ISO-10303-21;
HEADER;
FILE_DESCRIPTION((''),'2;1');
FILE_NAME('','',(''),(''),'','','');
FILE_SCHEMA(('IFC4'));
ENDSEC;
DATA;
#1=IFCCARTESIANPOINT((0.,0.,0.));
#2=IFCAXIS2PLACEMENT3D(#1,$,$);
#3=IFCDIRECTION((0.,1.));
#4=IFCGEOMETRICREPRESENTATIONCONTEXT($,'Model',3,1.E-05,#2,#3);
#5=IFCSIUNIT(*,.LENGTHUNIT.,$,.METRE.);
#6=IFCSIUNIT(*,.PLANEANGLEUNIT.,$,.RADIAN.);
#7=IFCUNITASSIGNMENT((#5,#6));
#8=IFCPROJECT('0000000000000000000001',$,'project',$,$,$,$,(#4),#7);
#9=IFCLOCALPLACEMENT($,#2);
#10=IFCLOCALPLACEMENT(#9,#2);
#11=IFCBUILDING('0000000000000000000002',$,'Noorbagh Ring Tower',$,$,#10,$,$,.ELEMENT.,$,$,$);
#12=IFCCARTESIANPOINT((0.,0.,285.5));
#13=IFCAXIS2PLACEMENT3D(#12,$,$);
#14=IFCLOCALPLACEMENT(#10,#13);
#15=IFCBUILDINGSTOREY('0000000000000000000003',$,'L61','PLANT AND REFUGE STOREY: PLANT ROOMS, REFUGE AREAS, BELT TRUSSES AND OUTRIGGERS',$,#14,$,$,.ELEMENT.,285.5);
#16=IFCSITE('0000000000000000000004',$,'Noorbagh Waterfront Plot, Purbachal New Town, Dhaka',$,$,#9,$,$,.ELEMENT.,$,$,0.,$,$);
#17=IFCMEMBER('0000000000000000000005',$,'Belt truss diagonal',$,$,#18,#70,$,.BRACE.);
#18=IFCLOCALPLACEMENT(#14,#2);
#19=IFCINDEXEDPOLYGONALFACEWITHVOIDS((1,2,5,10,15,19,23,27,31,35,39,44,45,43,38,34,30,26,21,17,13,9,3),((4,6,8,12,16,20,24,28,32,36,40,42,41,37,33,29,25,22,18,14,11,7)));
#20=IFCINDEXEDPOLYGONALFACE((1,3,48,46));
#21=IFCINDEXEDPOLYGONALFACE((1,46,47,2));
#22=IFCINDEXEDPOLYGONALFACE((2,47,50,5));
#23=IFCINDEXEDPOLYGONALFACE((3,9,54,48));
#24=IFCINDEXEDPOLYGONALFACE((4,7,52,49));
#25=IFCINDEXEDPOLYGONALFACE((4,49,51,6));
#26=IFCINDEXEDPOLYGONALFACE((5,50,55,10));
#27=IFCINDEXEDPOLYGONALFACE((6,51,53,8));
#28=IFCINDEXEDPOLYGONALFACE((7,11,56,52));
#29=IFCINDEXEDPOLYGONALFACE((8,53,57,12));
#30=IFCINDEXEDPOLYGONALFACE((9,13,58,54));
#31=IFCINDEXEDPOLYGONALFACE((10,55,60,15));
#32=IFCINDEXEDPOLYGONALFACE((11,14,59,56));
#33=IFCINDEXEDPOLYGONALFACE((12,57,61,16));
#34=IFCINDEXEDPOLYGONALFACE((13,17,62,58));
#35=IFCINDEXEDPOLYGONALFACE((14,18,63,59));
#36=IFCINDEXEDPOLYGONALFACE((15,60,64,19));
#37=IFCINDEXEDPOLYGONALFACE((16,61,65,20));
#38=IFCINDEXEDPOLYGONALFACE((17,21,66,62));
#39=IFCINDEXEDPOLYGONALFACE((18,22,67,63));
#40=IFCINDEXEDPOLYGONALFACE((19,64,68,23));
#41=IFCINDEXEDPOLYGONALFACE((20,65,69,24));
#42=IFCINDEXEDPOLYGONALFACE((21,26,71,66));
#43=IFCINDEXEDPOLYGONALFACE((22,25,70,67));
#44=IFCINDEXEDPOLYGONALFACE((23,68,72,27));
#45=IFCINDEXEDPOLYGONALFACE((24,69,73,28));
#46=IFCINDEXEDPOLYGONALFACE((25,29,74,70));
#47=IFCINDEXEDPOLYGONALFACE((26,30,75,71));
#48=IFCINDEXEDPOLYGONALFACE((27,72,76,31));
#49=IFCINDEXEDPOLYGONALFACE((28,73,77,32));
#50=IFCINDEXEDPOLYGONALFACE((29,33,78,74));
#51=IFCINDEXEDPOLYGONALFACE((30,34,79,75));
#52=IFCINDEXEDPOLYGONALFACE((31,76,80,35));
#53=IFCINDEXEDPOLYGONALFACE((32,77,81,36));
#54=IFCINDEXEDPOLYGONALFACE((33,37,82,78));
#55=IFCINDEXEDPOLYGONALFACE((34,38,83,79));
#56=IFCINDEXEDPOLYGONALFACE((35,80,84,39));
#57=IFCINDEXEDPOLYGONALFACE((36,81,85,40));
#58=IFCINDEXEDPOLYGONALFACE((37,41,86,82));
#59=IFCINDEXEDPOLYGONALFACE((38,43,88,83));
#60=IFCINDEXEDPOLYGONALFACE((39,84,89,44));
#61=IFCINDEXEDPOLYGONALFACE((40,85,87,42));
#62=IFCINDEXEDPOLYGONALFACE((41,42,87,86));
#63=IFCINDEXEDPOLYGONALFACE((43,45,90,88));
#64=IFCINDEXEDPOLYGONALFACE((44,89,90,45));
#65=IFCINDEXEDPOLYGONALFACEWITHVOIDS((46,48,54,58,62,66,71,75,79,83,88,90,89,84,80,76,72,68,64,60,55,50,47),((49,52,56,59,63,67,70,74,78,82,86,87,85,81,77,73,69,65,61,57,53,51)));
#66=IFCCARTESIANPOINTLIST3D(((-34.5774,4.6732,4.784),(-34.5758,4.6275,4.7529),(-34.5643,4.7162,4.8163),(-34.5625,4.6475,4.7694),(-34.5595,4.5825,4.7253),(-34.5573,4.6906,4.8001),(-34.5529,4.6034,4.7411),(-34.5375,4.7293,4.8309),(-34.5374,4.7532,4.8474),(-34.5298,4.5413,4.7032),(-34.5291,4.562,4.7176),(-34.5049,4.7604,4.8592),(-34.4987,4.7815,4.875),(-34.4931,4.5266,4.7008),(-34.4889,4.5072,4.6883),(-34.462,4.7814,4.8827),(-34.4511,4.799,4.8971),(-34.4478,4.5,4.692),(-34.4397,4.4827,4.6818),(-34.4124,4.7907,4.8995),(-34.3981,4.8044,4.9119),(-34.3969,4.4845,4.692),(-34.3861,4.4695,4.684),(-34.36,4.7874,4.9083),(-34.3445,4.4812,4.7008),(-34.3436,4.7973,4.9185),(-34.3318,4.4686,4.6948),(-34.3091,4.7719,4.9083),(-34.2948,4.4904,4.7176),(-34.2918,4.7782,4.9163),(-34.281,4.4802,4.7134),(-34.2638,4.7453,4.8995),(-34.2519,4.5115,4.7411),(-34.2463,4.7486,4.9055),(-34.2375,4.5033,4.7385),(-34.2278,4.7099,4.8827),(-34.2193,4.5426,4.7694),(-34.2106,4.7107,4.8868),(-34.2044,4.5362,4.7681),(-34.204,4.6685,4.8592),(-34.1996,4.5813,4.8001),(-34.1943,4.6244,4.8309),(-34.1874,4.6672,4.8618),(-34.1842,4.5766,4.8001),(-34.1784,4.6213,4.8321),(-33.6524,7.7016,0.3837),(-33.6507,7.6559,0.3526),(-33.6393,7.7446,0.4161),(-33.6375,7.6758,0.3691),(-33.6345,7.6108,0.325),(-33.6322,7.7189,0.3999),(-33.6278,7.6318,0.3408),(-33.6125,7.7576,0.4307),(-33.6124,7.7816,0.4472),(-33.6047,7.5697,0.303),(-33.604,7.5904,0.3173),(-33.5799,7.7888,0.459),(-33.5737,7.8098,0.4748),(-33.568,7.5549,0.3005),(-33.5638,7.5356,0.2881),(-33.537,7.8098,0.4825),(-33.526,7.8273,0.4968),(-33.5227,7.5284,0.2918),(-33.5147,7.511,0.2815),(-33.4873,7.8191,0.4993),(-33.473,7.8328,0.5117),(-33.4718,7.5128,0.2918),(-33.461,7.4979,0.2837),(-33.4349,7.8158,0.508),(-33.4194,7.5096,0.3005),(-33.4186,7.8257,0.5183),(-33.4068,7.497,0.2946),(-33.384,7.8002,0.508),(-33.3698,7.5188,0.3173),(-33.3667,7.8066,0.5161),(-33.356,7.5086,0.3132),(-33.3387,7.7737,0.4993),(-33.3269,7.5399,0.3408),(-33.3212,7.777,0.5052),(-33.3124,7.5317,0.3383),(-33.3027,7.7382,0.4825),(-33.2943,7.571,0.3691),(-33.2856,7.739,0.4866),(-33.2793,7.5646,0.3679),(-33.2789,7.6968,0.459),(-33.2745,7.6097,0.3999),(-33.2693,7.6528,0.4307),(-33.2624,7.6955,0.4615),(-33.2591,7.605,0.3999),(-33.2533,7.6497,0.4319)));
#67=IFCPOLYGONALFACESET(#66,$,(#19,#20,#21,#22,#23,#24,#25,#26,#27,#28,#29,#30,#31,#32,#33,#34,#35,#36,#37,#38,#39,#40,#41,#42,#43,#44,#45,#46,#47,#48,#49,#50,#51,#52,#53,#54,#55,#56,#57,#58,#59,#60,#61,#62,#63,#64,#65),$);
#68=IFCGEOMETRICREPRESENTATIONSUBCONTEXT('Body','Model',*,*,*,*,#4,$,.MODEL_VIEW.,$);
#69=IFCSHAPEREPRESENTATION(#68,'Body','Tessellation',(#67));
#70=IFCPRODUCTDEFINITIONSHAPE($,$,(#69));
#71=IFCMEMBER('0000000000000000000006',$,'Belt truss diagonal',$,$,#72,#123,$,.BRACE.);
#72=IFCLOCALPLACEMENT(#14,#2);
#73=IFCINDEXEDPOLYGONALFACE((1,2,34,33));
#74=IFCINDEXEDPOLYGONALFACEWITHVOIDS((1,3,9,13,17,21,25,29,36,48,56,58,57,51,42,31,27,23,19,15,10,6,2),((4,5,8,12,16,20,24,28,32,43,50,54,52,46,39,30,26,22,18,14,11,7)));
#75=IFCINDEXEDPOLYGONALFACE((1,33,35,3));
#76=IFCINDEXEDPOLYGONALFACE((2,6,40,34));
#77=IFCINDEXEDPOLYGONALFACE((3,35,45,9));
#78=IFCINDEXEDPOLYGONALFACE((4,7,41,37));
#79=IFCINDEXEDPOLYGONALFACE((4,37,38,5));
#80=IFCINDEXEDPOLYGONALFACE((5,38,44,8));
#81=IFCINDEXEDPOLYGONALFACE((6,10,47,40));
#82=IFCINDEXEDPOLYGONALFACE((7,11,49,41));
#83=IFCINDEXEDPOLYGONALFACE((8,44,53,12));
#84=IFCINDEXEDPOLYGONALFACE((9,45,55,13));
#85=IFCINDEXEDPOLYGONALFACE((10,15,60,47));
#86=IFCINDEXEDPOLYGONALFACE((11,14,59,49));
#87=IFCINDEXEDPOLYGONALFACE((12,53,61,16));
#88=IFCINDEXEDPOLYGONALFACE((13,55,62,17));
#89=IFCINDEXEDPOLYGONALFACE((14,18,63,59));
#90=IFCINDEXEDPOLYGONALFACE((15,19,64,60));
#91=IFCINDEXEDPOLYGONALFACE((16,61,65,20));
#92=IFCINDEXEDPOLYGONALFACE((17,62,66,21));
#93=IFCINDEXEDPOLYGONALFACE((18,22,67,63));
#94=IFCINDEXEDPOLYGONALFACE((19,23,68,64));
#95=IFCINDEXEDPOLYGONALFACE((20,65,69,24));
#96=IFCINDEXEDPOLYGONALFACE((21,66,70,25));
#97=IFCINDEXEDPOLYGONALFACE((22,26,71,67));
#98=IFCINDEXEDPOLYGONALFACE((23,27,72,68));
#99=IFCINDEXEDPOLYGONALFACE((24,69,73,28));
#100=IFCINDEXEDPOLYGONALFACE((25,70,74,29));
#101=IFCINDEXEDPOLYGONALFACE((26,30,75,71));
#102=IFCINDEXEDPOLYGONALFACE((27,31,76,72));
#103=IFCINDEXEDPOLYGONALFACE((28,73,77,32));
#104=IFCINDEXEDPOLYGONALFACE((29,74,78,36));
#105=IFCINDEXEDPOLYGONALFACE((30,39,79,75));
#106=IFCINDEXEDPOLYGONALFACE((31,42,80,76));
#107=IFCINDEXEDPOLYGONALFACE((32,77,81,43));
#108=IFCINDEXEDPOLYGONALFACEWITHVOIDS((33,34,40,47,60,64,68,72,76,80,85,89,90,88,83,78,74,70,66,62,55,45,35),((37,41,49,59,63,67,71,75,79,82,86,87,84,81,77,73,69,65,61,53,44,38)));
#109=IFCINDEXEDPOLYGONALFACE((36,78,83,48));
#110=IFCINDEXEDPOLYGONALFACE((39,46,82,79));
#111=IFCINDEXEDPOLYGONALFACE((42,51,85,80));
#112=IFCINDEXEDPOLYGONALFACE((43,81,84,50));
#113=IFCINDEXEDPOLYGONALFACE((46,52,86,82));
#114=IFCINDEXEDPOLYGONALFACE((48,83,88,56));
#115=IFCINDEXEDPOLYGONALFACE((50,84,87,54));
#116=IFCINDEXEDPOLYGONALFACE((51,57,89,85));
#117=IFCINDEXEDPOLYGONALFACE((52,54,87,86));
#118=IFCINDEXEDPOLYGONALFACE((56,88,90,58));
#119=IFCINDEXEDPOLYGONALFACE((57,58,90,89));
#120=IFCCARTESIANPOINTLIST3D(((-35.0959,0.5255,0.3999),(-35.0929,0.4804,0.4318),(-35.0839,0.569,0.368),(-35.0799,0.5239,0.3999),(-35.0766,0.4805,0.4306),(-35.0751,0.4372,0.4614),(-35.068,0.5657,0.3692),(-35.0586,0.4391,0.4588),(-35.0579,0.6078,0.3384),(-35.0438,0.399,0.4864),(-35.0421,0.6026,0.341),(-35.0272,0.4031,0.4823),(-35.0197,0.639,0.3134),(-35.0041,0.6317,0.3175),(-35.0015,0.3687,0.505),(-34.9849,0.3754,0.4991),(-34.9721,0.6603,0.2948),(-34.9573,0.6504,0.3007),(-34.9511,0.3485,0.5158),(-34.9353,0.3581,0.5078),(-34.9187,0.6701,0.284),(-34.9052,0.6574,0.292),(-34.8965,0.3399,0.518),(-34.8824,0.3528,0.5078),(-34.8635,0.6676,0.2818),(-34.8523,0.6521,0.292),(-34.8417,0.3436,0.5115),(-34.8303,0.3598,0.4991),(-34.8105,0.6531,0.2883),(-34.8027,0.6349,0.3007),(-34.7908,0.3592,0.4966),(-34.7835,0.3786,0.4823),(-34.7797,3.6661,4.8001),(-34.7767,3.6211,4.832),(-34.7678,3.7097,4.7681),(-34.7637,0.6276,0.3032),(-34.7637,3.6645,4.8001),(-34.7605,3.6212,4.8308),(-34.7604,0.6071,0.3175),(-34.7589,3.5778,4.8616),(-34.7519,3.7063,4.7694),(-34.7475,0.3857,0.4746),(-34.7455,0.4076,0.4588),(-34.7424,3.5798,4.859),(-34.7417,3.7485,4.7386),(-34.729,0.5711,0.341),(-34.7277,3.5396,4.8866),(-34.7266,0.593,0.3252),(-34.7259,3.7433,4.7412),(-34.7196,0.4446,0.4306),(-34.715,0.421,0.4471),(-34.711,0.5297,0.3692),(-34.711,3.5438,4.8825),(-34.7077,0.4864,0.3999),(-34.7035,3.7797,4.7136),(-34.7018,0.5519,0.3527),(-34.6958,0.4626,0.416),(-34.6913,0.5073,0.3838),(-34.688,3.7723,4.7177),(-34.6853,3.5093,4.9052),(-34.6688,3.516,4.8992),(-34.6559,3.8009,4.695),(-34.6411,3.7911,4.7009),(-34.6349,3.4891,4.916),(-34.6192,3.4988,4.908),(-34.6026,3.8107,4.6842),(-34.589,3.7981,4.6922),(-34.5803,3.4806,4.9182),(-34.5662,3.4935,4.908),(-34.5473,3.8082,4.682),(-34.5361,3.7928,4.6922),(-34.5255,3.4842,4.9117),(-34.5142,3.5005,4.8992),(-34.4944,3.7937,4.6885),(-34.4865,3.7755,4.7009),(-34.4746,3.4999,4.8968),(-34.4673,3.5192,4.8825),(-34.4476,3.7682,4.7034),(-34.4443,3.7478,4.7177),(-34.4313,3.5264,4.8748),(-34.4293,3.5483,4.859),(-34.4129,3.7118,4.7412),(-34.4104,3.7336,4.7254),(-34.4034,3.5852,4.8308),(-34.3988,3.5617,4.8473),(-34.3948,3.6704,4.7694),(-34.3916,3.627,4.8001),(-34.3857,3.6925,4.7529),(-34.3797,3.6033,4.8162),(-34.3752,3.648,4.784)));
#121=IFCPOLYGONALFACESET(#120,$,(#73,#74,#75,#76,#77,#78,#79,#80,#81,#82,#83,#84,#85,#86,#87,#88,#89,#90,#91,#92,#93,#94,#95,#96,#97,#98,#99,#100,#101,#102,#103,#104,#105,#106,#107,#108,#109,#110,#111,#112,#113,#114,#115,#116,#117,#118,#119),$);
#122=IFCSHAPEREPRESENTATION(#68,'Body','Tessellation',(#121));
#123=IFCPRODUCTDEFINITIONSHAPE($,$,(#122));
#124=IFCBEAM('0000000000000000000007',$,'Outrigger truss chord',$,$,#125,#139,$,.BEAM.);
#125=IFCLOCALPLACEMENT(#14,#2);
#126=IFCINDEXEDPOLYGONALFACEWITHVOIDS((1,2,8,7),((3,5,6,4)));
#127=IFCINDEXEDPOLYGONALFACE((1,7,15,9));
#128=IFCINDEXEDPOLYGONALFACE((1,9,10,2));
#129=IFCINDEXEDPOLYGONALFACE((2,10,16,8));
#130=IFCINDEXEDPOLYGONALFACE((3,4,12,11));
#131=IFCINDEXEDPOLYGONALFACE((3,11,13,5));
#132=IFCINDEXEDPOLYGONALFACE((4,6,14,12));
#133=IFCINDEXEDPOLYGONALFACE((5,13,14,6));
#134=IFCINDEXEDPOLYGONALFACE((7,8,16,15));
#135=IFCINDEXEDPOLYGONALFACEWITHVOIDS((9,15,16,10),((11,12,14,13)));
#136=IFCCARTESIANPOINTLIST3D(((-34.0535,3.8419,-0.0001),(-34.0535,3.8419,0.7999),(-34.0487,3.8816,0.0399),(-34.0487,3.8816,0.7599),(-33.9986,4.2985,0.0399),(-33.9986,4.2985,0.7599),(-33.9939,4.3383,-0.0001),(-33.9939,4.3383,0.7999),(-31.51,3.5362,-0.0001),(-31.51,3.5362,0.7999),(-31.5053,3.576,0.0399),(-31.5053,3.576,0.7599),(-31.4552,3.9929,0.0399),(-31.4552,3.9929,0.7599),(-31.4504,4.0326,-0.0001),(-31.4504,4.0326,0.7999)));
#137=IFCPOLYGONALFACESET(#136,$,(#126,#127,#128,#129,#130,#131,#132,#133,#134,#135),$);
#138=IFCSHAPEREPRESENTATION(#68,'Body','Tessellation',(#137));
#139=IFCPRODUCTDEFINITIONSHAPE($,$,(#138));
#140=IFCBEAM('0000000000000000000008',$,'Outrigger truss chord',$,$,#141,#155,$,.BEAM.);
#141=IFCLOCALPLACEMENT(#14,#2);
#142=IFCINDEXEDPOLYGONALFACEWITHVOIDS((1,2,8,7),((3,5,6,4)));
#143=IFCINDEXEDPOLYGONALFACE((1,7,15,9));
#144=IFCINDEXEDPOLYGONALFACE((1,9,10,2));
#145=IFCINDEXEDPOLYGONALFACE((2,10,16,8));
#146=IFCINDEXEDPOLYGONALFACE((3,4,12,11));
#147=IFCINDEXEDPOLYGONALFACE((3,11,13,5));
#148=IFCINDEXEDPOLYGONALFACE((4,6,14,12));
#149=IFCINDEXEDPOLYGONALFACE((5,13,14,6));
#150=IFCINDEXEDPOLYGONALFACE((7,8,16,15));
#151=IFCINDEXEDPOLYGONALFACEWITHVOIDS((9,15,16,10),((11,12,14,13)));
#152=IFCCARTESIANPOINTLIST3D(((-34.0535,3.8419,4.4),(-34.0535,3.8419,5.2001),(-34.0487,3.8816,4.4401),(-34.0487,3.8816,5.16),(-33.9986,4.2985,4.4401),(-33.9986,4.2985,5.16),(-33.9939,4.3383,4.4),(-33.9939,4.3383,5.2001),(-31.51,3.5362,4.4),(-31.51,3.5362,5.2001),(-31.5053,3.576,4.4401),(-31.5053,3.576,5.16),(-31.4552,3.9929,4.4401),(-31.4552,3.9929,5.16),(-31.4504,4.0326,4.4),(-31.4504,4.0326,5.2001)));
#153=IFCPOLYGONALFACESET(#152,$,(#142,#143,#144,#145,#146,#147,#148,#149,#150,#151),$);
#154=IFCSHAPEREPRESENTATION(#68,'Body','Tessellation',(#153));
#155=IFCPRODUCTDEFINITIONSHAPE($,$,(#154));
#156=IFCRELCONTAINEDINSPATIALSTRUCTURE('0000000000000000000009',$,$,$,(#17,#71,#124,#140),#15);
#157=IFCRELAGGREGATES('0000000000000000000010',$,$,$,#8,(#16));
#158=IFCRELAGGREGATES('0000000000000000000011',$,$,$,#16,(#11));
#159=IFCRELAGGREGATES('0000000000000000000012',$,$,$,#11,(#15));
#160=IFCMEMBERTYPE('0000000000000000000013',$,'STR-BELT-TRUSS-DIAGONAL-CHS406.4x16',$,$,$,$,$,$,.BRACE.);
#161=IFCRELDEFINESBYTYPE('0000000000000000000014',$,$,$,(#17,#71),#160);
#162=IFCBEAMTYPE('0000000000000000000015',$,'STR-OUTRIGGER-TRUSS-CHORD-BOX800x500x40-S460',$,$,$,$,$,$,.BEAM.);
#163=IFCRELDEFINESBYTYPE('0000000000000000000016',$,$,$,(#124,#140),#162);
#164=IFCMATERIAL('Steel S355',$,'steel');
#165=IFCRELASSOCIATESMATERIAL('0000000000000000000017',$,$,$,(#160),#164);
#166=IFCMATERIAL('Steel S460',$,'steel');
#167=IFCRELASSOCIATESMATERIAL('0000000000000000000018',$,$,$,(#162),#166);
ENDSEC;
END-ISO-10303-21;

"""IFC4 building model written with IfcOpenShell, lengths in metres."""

from ifc_helpers import new_model, si_unit, direction, frame, origin, origin_2d, place, context, subcontext, project, spatial, hollow_rectangle, hollow_circle, extrude, material, material_profile, profile_set, type_object, element, save


model = new_model("IFC4")

# Units and contexts
model_context = context("Model", 3, precision=1e-05, world=origin(), true_north=direction((0.0, 1.0)))
body_context = subcontext(model_context, "Body", "Model", "MODEL_VIEW")
ifc_project = project(units=[si_unit("LENGTHUNIT", "METRE"), si_unit("PLANEANGLEUNIT", "RADIAN")], contexts=[model_context])

# Site, building, storey
site_placement = place(None, origin())
site = spatial("IfcSite", under=ifc_project, at=site_placement, Name="Noorbagh Waterfront Plot, Purbachal New Town, Dhaka", CompositionType="ELEMENT", RefElevation=0.0)
building_placement = place(site_placement, origin())
building = spatial("IfcBuilding", under=site, at=building_placement, Name="Noorbagh Ring Tower", CompositionType="ELEMENT")
storey_placement = place(building_placement, frame((0.0, 0.0, 285.5)))
storey = spatial("IfcBuildingStorey", under=building, at=storey_placement, Name="L61", Description="PLANT AND REFUGE STOREY: PLANT ROOMS, REFUGE AREAS, BELT TRUSSES AND OUTRIGGERS", CompositionType="ELEMENT", Elevation=285.5)

# Members
ifc_material_1 = material(Name="Steel S355", Category="steel")
ifc_material_profile_1 = material_profile(ifc_material_1, hollow_circle(Radius=0.2031, WallThickness=0.0161, at=origin_2d()), Name="CHS406.4x16")
ifc_profile_set_1 = profile_set([ifc_material_profile_1], Name="Steel S355")
member_type_1 = type_object("IfcMemberType", Name="STR-BELT-TRUSS-DIAGONAL-CHS406.4x16", PredefinedType="BRACE", material=ifc_profile_set_1)
member_1_placement = place(storey_placement, frame((-33.4534, 7.6643, 0.3999), z_axis=(-0.17064, -0.558623, 0.811679), x_axis=(0.956376, -0.29214, 0.0)))
element("IfcMember", 1, at=member_1_placement, inside=storey, type_object=member_type_1, Name="Belt truss diagonal", PredefinedType="BRACE", context=body_context, shape_type="SweptSolid", body=[
    extrude(hollow_circle(Radius=0.2031, WallThickness=0.0161, at=origin_2d()), origin(), (0.0, 0.0, 1.0), 5.4211),
])
member_2_placement = place(storey_placement, frame((-34.8938, 0.5051, 0.3999), z_axis=(0.058384, 0.579961, 0.812549), x_axis=(-0.994971, 0.100162, 0.0)))
element("IfcMember", 2, at=member_2_placement, inside=storey, type_object=member_type_1, Name="Belt truss diagonal", PredefinedType="BRACE", context=body_context, shape_type="SweptSolid", body=[
    extrude(hollow_circle(Radius=0.2031, WallThickness=0.0161, at=origin_2d()), origin(), (0.0, 0.0, 1.0), 5.4153),
])

# Beams
ifc_material_2 = material(Name="Steel S460", Category="steel")
ifc_material_profile_2 = material_profile(ifc_material_2, hollow_rectangle(XDim=0.5, YDim=0.8, WallThickness=0.04, at=origin_2d()), Name="BOX800x500x40")
ifc_profile_set_2 = profile_set([ifc_material_profile_2], Name="Steel S460")
beam_type_1 = type_object("IfcBeamType", Name="STR-OUTRIGGER-TRUSS-CHORD-BOX800x500x40-S460", PredefinedType="BEAM", material=ifc_profile_set_2)
for number, where, z_axis, x_axis, name in (
    (3, (-34.0237, 4.0901, 0.3999), (0.992856, -0.119318, 0.0), (0.119318, 0.992856, 0.0), "Outrigger truss chord"),
    (4, (-34.0237, 4.0901, 4.8), (0.992856, -0.119318, 0.0), (0.119318, 0.992856, 0.0), "Outrigger truss chord"),
):
    element("IfcBeam", number, at=place(storey_placement, frame(where, z_axis=z_axis, x_axis=x_axis)), inside=storey, type_object=beam_type_1, Name=name, PredefinedType="BEAM", context=body_context, shape_type="SweptSolid", body=[
        extrude(hollow_rectangle(XDim=0.5, YDim=0.8, WallThickness=0.04, at=origin_2d()), origin(), (0.0, 0.0, 1.0), 2.5618),
    ])

save(model, "model.ifc")
